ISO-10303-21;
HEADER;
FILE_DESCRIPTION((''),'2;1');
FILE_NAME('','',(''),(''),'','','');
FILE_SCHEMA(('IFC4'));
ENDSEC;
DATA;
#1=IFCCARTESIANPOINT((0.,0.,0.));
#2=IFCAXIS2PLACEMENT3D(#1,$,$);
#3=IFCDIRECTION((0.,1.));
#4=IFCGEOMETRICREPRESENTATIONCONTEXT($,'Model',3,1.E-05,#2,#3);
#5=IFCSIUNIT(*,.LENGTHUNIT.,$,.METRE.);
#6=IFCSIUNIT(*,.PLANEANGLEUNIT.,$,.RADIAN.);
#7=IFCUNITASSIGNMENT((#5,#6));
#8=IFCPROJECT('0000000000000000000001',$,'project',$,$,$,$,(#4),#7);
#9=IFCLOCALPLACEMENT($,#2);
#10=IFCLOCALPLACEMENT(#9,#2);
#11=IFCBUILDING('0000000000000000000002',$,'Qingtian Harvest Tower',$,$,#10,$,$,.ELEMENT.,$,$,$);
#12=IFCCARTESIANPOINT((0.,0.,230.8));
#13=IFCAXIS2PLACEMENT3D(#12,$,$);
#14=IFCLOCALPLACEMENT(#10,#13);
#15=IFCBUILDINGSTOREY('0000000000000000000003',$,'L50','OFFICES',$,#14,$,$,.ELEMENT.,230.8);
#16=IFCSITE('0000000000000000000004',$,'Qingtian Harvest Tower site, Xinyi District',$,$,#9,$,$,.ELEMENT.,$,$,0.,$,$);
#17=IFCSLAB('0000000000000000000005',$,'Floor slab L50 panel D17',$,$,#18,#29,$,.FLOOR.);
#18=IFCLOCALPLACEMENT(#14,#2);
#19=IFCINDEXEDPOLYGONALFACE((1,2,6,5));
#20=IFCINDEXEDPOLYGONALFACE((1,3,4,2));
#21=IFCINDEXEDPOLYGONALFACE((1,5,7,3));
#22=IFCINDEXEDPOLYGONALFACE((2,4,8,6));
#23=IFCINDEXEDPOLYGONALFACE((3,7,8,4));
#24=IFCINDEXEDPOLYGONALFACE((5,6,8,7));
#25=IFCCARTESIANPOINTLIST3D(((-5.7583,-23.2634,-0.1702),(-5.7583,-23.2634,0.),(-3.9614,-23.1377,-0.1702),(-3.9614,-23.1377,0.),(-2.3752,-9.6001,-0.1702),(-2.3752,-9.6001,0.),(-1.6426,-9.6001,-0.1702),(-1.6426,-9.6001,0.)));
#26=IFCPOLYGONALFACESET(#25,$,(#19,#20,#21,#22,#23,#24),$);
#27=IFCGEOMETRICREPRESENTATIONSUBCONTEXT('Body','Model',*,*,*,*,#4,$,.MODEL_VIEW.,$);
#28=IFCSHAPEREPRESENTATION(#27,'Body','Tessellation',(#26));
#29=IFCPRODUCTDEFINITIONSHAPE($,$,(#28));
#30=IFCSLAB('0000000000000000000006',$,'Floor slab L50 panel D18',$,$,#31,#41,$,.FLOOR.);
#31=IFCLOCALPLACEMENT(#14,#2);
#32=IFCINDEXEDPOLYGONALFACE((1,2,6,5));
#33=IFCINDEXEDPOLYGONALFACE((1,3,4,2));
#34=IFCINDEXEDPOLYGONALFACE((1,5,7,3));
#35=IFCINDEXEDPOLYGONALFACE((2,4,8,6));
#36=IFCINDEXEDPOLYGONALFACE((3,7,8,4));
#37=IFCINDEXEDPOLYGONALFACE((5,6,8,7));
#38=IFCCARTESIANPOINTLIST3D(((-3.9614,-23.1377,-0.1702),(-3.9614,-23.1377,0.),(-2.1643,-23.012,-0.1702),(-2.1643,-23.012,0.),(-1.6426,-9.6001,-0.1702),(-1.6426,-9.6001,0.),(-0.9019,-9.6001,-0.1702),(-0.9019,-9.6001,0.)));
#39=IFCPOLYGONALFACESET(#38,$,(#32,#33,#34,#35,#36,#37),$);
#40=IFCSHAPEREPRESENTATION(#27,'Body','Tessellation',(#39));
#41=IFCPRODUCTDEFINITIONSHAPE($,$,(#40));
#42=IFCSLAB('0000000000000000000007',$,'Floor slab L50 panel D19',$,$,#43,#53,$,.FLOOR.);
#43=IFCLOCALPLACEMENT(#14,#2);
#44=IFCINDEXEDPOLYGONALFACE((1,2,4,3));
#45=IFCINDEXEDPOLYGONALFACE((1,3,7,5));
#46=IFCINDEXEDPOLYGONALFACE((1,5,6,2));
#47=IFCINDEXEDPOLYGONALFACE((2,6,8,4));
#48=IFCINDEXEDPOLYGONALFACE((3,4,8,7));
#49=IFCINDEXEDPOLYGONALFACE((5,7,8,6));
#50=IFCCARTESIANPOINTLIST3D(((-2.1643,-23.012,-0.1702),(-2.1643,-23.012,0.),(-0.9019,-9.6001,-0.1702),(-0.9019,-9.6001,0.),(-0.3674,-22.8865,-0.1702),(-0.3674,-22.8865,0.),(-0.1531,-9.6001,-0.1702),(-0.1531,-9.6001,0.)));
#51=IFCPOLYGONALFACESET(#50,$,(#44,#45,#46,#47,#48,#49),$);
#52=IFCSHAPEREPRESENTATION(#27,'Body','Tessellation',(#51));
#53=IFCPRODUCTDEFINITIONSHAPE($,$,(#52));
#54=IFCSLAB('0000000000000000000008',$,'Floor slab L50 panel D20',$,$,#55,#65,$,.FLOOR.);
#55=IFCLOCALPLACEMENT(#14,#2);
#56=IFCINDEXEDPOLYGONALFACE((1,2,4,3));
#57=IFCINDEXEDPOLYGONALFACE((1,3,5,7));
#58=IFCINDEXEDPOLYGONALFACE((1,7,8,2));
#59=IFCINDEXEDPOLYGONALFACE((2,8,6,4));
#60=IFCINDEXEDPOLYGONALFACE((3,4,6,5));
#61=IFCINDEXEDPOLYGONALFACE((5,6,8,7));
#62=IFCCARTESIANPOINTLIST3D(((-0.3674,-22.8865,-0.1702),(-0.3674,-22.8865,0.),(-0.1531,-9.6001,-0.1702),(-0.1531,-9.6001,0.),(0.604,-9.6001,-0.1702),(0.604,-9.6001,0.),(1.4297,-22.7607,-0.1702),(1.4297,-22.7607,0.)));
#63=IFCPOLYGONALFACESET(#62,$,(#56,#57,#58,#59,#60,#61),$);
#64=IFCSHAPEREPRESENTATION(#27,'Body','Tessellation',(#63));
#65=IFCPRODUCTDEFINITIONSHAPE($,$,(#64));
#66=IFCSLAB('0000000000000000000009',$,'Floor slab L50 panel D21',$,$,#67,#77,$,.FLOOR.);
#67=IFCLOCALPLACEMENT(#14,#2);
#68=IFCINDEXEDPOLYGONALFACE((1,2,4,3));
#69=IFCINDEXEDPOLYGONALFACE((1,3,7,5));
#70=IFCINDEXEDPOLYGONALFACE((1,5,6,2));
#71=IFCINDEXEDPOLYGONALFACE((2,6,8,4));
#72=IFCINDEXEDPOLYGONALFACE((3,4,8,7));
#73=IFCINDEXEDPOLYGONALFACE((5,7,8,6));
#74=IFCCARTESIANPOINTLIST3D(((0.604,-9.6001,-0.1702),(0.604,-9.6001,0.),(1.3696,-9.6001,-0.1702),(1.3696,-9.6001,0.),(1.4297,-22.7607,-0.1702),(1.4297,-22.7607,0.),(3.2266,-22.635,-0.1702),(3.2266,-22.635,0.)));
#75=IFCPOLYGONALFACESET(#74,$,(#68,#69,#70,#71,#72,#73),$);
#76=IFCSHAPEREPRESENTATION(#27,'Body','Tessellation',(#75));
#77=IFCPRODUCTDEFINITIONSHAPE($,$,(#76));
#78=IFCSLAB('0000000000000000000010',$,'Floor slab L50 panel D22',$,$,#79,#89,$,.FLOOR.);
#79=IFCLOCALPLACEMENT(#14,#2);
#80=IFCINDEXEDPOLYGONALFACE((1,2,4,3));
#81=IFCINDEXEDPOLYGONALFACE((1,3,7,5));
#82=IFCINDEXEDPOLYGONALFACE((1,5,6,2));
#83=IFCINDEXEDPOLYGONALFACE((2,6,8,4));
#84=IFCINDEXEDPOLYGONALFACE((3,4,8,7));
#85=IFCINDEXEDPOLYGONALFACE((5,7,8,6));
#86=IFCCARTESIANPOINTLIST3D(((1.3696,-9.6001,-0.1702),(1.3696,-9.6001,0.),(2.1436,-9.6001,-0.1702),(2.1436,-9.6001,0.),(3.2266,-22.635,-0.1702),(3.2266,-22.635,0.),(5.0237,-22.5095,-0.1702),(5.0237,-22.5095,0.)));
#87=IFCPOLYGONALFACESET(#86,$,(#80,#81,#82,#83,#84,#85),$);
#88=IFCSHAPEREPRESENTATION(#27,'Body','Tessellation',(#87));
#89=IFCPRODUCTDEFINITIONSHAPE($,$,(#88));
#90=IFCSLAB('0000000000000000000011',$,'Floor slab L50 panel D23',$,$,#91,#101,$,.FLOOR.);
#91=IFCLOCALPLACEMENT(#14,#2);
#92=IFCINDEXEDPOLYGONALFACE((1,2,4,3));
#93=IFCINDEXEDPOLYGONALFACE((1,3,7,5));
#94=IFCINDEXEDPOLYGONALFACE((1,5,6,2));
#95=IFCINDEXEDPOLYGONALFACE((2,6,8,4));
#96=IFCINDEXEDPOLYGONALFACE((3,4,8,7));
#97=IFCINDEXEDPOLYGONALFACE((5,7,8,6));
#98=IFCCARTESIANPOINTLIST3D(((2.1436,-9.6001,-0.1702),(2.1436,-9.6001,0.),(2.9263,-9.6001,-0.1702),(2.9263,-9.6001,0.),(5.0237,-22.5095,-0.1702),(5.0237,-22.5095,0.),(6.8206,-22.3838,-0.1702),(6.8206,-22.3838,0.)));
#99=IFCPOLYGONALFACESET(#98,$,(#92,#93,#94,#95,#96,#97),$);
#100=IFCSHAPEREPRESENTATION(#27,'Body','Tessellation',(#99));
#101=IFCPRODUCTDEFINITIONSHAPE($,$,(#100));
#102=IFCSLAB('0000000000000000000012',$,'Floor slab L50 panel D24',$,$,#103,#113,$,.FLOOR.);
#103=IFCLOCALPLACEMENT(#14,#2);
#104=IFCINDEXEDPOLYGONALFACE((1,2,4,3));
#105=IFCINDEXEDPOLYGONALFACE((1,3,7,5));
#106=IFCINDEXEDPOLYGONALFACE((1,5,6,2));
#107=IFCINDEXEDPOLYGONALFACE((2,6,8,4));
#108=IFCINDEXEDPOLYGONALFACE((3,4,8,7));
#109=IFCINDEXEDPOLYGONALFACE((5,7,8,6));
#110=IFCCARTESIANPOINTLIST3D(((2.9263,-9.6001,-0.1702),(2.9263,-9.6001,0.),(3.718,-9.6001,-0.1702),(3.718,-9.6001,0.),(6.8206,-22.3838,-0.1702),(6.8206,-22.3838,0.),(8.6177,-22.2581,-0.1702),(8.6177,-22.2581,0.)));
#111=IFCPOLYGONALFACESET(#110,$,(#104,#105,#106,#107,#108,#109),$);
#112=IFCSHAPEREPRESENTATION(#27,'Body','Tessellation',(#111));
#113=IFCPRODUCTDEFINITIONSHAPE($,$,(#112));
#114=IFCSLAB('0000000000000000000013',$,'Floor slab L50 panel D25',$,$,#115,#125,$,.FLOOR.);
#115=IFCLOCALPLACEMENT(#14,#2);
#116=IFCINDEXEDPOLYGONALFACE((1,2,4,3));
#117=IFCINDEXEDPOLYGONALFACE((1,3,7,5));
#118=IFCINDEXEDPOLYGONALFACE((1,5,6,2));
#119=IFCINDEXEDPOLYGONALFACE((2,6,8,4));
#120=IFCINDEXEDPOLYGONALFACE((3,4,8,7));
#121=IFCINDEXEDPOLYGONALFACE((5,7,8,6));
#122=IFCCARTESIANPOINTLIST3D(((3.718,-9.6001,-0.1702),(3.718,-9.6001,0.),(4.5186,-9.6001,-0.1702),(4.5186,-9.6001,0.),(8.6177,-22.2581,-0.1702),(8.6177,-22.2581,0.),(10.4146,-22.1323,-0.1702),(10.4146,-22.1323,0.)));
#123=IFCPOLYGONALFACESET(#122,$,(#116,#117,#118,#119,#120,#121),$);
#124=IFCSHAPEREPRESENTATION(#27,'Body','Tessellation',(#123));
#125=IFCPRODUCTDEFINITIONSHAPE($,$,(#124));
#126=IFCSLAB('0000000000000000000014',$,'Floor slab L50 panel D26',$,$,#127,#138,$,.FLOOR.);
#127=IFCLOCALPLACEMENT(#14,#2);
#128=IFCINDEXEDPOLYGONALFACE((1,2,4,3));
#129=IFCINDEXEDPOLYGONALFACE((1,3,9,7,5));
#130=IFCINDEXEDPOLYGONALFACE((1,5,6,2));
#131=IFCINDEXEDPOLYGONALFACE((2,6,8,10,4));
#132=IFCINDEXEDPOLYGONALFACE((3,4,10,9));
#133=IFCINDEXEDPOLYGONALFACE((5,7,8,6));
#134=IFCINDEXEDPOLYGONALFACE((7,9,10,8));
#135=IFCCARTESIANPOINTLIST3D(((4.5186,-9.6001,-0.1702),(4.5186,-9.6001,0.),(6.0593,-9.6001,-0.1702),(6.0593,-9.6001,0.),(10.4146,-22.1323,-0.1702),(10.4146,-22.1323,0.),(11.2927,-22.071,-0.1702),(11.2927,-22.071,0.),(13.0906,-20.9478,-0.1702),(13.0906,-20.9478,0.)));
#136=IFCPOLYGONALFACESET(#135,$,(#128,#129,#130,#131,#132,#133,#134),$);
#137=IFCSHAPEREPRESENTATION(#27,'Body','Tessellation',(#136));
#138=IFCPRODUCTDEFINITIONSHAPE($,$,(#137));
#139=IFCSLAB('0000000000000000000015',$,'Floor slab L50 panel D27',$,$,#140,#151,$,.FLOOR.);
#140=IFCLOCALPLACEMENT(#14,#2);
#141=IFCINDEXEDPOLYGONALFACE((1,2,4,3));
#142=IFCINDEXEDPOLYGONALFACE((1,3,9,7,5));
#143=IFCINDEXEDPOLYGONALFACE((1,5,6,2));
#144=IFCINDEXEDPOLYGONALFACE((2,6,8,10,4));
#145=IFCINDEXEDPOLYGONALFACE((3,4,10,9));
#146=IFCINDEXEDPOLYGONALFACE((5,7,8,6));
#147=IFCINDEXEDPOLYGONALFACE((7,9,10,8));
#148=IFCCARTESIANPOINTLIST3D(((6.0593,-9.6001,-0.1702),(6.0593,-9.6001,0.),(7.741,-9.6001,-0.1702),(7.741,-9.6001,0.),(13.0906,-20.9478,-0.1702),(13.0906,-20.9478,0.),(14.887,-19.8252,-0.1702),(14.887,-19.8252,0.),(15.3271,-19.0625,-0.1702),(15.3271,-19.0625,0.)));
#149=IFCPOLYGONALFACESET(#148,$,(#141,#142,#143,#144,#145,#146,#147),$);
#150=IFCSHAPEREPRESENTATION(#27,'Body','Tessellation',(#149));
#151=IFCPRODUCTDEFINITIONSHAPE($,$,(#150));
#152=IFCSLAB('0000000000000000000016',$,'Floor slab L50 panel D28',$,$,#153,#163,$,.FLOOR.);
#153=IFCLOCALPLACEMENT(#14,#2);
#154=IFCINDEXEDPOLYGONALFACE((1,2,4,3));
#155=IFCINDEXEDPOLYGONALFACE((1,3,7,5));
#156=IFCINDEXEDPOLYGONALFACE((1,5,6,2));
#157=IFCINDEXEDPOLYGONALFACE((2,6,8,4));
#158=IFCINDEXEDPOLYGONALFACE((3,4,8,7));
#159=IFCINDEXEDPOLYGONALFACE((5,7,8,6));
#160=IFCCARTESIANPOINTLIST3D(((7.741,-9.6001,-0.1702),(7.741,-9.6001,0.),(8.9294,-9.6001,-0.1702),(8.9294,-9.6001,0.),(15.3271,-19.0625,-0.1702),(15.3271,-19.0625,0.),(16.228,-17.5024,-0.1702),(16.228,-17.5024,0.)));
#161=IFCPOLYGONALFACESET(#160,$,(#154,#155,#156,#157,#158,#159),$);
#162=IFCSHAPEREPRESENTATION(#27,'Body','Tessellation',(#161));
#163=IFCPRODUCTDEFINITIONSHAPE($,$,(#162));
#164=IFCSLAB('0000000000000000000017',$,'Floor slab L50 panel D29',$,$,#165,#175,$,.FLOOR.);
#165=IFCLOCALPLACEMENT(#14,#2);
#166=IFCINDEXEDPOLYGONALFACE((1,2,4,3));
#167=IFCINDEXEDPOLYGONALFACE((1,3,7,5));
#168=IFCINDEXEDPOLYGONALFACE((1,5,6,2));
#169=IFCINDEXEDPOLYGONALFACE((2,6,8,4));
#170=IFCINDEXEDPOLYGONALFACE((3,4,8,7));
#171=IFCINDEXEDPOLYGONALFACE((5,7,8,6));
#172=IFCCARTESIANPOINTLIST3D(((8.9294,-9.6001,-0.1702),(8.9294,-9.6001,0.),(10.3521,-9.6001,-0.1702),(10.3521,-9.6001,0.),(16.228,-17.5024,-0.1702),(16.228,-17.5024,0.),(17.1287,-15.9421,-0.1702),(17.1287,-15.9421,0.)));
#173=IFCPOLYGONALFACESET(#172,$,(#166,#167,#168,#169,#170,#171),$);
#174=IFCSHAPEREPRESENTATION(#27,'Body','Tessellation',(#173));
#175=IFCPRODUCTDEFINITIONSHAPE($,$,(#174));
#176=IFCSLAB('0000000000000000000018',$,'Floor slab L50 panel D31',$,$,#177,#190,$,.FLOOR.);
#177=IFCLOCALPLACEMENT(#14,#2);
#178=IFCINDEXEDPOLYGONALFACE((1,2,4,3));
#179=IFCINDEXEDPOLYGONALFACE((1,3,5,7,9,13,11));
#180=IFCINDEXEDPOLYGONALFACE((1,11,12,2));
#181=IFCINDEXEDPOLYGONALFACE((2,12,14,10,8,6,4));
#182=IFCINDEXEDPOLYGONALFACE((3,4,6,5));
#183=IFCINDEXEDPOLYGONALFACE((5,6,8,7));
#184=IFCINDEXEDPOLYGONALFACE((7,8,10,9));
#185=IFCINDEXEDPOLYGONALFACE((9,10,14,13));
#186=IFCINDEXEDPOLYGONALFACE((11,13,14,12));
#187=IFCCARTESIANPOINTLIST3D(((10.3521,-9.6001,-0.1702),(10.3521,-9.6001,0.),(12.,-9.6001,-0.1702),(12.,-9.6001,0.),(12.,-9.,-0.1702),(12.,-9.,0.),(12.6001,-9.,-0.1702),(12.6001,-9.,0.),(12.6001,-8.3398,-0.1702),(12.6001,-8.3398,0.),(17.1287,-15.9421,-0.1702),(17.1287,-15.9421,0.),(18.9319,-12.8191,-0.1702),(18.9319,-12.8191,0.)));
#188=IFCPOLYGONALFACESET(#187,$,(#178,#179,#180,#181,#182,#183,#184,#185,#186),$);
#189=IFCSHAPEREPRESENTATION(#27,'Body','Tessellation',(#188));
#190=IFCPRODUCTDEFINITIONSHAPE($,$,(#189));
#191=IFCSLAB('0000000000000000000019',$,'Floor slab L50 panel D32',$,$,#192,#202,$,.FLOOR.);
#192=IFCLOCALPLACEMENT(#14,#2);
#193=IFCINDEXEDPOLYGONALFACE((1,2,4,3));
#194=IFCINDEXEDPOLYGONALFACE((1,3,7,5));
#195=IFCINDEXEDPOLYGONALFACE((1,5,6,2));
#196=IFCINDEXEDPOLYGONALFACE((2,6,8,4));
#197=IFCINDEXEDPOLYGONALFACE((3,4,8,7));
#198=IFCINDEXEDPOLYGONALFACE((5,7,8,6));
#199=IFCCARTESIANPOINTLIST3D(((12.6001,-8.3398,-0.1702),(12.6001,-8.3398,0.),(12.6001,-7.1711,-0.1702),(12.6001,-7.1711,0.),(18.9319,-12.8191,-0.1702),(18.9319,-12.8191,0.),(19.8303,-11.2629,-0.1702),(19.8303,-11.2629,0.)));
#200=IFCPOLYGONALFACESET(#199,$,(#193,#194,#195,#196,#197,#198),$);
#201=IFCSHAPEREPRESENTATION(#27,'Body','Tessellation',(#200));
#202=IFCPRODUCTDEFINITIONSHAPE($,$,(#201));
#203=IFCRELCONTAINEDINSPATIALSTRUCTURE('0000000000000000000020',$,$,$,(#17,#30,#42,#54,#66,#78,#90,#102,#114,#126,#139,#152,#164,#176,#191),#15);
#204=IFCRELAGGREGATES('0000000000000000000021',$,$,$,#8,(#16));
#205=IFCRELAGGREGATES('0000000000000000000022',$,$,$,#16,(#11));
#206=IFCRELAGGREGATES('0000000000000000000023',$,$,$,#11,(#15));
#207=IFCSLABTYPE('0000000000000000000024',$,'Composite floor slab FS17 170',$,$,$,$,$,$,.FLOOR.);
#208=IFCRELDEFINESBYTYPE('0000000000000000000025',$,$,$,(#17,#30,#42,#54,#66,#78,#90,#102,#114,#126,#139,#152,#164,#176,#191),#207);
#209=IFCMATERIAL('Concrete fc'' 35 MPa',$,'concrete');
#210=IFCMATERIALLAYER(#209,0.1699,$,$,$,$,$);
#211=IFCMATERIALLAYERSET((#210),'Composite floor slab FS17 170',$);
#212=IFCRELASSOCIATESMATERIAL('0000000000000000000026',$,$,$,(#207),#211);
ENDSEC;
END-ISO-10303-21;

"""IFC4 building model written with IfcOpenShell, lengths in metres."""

from ifc_helpers import new_model, si_unit, direction, frame, origin, place, context, subcontext, project, spatial, polyline, outline, extrude, material, layer, layer_set, type_object, element, save


model = new_model("IFC4")

# Units and contexts
model_context = context("Model", 3, precision=1e-05, world=origin(), true_north=direction((0.0, 1.0)))
body_context = subcontext(model_context, "Body", "Model", "MODEL_VIEW")
ifc_project = project(units=[si_unit("LENGTHUNIT", "METRE"), si_unit("PLANEANGLEUNIT", "RADIAN")], contexts=[model_context])

# Site, building, storey
site_placement = place(None, origin())
site = spatial("IfcSite", under=ifc_project, at=site_placement, Name="Qingtian Harvest Tower site, Xinyi District", CompositionType="ELEMENT", RefElevation=0.0)
building_placement = place(site_placement, origin())
building = spatial("IfcBuilding", under=site, at=building_placement, Name="Qingtian Harvest Tower", CompositionType="ELEMENT")
storey_placement = place(building_placement, frame((0.0, 0.0, 230.8)))
storey = spatial("IfcBuildingStorey", under=building, at=storey_placement, Name="L50", Description="OFFICES", CompositionType="ELEMENT", Elevation=230.8)

# Slabs
ifc_material_1 = material(Name="Concrete fc' 35 MPa", Category="concrete")
ifc_layer_1 = layer(ifc_material_1, 0.1699)
ifc_layer_set_1 = layer_set([ifc_layer_1], Name="Composite floor slab FS17 170")
slab_type = type_object("IfcSlabType", Name="Composite floor slab FS17 170", PredefinedType="FLOOR", material=ifc_layer_set_1)
slab_1_placement = place(storey_placement, frame((0.0, 0.0, -0.1702)))
element("IfcSlab", 1, at=slab_1_placement, inside=storey, type_object=slab_type, Name="Floor slab L50 panel D17", PredefinedType="FLOOR", context=body_context, shape_type="SweptSolid", body=[
    extrude(outline(polyline([(-1.6426, -9.6001), (-3.9614, -23.1377), (-5.7583, -23.2634), (-2.3752, -9.6001), (-1.6426, -9.6001)])), origin(), (0.0, 0.0, 1.0), 0.1702),
])
slab_2_placement = place(storey_placement, frame((0.0, 0.0, -0.1702)))
element("IfcSlab", 2, at=slab_2_placement, inside=storey, type_object=slab_type, Name="Floor slab L50 panel D18", PredefinedType="FLOOR", context=body_context, shape_type="SweptSolid", body=[
    extrude(outline(polyline([(-0.9019, -9.6001), (-2.1643, -23.012), (-3.9614, -23.1377), (-1.6426, -9.6001), (-0.9019, -9.6001)])), origin(), (0.0, 0.0, 1.0), 0.1702),
])
slab_3_placement = place(storey_placement, frame((0.0, 0.0, -0.1702)))
element("IfcSlab", 3, at=slab_3_placement, inside=storey, type_object=slab_type, Name="Floor slab L50 panel D19", PredefinedType="FLOOR", context=body_context, shape_type="SweptSolid", body=[
    extrude(outline(polyline([(-0.1531, -9.6001), (-0.3674, -22.8865), (-2.1643, -23.012), (-0.9019, -9.6001), (-0.1531, -9.6001)])), origin(), (0.0, 0.0, 1.0), 0.1702),
])
slab_4_placement = place(storey_placement, frame((0.0, 0.0, -0.1702)))
element("IfcSlab", 4, at=slab_4_placement, inside=storey, type_object=slab_type, Name="Floor slab L50 panel D20", PredefinedType="FLOOR", context=body_context, shape_type="SweptSolid", body=[
    extrude(outline(polyline([(0.604, -9.6001), (1.4297, -22.7607), (-0.3674, -22.8865), (-0.1531, -9.6001), (0.604, -9.6001)])), origin(), (0.0, 0.0, 1.0), 0.1702),
])
slab_5_placement = place(storey_placement, frame((0.0, 0.0, -0.1702)))
element("IfcSlab", 5, at=slab_5_placement, inside=storey, type_object=slab_type, Name="Floor slab L50 panel D21", PredefinedType="FLOOR", context=body_context, shape_type="SweptSolid", body=[
    extrude(outline(polyline([(1.3696, -9.6001), (3.2266, -22.635), (1.4297, -22.7607), (0.604, -9.6001), (1.3696, -9.6001)])), origin(), (0.0, 0.0, 1.0), 0.1702),
])
slab_6_placement = place(storey_placement, frame((0.0, 0.0, -0.1702)))
element("IfcSlab", 6, at=slab_6_placement, inside=storey, type_object=slab_type, Name="Floor slab L50 panel D22", PredefinedType="FLOOR", context=body_context, shape_type="SweptSolid", body=[
    extrude(outline(polyline([(2.1436, -9.6001), (5.0237, -22.5095), (3.2266, -22.635), (1.3696, -9.6001), (2.1436, -9.6001)])), origin(), (0.0, 0.0, 1.0), 0.1702),
])
slab_7_placement = place(storey_placement, frame((0.0, 0.0, -0.1702)))
element("IfcSlab", 7, at=slab_7_placement, inside=storey, type_object=slab_type, Name="Floor slab L50 panel D23", PredefinedType="FLOOR", context=body_context, shape_type="SweptSolid", body=[
    extrude(outline(polyline([(2.9263, -9.6001), (6.8206, -22.3838), (5.0237, -22.5095), (2.1436, -9.6001), (2.9263, -9.6001)])), origin(), (0.0, 0.0, 1.0), 0.1702),
])
slab_8_placement = place(storey_placement, frame((0.0, 0.0, -0.1702)))
element("IfcSlab", 8, at=slab_8_placement, inside=storey, type_object=slab_type, Name="Floor slab L50 panel D24", PredefinedType="FLOOR", context=body_context, shape_type="SweptSolid", body=[
    extrude(outline(polyline([(3.718, -9.6001), (8.6177, -22.2581), (6.8206, -22.3838), (2.9263, -9.6001), (3.718, -9.6001)])), origin(), (0.0, 0.0, 1.0), 0.1702),
])
slab_9_placement = place(storey_placement, frame((0.0, 0.0, -0.1702)))
element("IfcSlab", 9, at=slab_9_placement, inside=storey, type_object=slab_type, Name="Floor slab L50 panel D25", PredefinedType="FLOOR", context=body_context, shape_type="SweptSolid", body=[
    extrude(outline(polyline([(4.5186, -9.6001), (10.4146, -22.1323), (8.6177, -22.2581), (3.718, -9.6001), (4.5186, -9.6001)])), origin(), (0.0, 0.0, 1.0), 0.1702),
])
slab_10_placement = place(storey_placement, frame((0.0, 0.0, -0.1702)))
element("IfcSlab", 10, at=slab_10_placement, inside=storey, type_object=slab_type, Name="Floor slab L50 panel D26", PredefinedType="FLOOR", context=body_context, shape_type="SweptSolid", body=[
    extrude(outline(polyline([(4.5186, -9.6001), (6.0593, -9.6001), (13.0906, -20.9478), (11.2927, -22.071), (10.4146, -22.1323), (4.5186, -9.6001)])), origin(), (0.0, 0.0, 1.0), 0.1702),
])
slab_11_placement = place(storey_placement, frame((0.0, 0.0, -0.1702)))
element("IfcSlab", 11, at=slab_11_placement, inside=storey, type_object=slab_type, Name="Floor slab L50 panel D27", PredefinedType="FLOOR", context=body_context, shape_type="SweptSolid", body=[
    extrude(outline(polyline([(6.0593, -9.6001), (7.741, -9.6001), (15.3271, -19.0625), (14.887, -19.8252), (13.0906, -20.9478), (6.0593, -9.6001)])), origin(), (0.0, 0.0, 1.0), 0.1702),
])
slab_12_placement = place(storey_placement, frame((0.0, 0.0, -0.1702)))
element("IfcSlab", 12, at=slab_12_placement, inside=storey, type_object=slab_type, Name="Floor slab L50 panel D28", PredefinedType="FLOOR", context=body_context, shape_type="SweptSolid", body=[
    extrude(outline(polyline([(8.9294, -9.6001), (16.228, -17.5024), (15.3271, -19.0625), (7.741, -9.6001), (8.9294, -9.6001)])), origin(), (0.0, 0.0, 1.0), 0.1702),
])
slab_13_placement = place(storey_placement, frame((0.0, 0.0, -0.1702)))
element("IfcSlab", 13, at=slab_13_placement, inside=storey, type_object=slab_type, Name="Floor slab L50 panel D29", PredefinedType="FLOOR", context=body_context, shape_type="SweptSolid", body=[
    extrude(outline(polyline([(10.3521, -9.6001), (17.1287, -15.9421), (16.228, -17.5024), (8.9294, -9.6001), (10.3521, -9.6001)])), origin(), (0.0, 0.0, 1.0), 0.1702),
])
slab_14_placement = place(storey_placement, frame((0.0, 0.0, -0.1702)))
element("IfcSlab", 14, at=slab_14_placement, inside=storey, type_object=slab_type, Name="Floor slab L50 panel D31", PredefinedType="FLOOR", context=body_context, shape_type="SweptSolid", body=[
    extrude(outline(polyline([(12.6001, -8.3398), (18.9319, -12.8191), (17.1287, -15.9421), (10.3521, -9.6001), (12.0, -9.6001), (12.0, -9.0), (12.6001, -9.0), (12.6001, -8.3398)])), origin(), (0.0, 0.0, 1.0), 0.1702),
])
slab_15_placement = place(storey_placement, frame((0.0, 0.0, -0.1702)))
element("IfcSlab", 15, at=slab_15_placement, inside=storey, type_object=slab_type, Name="Floor slab L50 panel D32", PredefinedType="FLOOR", context=body_context, shape_type="SweptSolid", body=[
    extrude(outline(polyline([(12.6001, -7.1711), (19.8303, -11.2629), (18.9319, -12.8191), (12.6001, -8.3398), (12.6001, -7.1711)])), origin(), (0.0, 0.0, 1.0), 0.1702),
])

save(model, "model.ifc")
